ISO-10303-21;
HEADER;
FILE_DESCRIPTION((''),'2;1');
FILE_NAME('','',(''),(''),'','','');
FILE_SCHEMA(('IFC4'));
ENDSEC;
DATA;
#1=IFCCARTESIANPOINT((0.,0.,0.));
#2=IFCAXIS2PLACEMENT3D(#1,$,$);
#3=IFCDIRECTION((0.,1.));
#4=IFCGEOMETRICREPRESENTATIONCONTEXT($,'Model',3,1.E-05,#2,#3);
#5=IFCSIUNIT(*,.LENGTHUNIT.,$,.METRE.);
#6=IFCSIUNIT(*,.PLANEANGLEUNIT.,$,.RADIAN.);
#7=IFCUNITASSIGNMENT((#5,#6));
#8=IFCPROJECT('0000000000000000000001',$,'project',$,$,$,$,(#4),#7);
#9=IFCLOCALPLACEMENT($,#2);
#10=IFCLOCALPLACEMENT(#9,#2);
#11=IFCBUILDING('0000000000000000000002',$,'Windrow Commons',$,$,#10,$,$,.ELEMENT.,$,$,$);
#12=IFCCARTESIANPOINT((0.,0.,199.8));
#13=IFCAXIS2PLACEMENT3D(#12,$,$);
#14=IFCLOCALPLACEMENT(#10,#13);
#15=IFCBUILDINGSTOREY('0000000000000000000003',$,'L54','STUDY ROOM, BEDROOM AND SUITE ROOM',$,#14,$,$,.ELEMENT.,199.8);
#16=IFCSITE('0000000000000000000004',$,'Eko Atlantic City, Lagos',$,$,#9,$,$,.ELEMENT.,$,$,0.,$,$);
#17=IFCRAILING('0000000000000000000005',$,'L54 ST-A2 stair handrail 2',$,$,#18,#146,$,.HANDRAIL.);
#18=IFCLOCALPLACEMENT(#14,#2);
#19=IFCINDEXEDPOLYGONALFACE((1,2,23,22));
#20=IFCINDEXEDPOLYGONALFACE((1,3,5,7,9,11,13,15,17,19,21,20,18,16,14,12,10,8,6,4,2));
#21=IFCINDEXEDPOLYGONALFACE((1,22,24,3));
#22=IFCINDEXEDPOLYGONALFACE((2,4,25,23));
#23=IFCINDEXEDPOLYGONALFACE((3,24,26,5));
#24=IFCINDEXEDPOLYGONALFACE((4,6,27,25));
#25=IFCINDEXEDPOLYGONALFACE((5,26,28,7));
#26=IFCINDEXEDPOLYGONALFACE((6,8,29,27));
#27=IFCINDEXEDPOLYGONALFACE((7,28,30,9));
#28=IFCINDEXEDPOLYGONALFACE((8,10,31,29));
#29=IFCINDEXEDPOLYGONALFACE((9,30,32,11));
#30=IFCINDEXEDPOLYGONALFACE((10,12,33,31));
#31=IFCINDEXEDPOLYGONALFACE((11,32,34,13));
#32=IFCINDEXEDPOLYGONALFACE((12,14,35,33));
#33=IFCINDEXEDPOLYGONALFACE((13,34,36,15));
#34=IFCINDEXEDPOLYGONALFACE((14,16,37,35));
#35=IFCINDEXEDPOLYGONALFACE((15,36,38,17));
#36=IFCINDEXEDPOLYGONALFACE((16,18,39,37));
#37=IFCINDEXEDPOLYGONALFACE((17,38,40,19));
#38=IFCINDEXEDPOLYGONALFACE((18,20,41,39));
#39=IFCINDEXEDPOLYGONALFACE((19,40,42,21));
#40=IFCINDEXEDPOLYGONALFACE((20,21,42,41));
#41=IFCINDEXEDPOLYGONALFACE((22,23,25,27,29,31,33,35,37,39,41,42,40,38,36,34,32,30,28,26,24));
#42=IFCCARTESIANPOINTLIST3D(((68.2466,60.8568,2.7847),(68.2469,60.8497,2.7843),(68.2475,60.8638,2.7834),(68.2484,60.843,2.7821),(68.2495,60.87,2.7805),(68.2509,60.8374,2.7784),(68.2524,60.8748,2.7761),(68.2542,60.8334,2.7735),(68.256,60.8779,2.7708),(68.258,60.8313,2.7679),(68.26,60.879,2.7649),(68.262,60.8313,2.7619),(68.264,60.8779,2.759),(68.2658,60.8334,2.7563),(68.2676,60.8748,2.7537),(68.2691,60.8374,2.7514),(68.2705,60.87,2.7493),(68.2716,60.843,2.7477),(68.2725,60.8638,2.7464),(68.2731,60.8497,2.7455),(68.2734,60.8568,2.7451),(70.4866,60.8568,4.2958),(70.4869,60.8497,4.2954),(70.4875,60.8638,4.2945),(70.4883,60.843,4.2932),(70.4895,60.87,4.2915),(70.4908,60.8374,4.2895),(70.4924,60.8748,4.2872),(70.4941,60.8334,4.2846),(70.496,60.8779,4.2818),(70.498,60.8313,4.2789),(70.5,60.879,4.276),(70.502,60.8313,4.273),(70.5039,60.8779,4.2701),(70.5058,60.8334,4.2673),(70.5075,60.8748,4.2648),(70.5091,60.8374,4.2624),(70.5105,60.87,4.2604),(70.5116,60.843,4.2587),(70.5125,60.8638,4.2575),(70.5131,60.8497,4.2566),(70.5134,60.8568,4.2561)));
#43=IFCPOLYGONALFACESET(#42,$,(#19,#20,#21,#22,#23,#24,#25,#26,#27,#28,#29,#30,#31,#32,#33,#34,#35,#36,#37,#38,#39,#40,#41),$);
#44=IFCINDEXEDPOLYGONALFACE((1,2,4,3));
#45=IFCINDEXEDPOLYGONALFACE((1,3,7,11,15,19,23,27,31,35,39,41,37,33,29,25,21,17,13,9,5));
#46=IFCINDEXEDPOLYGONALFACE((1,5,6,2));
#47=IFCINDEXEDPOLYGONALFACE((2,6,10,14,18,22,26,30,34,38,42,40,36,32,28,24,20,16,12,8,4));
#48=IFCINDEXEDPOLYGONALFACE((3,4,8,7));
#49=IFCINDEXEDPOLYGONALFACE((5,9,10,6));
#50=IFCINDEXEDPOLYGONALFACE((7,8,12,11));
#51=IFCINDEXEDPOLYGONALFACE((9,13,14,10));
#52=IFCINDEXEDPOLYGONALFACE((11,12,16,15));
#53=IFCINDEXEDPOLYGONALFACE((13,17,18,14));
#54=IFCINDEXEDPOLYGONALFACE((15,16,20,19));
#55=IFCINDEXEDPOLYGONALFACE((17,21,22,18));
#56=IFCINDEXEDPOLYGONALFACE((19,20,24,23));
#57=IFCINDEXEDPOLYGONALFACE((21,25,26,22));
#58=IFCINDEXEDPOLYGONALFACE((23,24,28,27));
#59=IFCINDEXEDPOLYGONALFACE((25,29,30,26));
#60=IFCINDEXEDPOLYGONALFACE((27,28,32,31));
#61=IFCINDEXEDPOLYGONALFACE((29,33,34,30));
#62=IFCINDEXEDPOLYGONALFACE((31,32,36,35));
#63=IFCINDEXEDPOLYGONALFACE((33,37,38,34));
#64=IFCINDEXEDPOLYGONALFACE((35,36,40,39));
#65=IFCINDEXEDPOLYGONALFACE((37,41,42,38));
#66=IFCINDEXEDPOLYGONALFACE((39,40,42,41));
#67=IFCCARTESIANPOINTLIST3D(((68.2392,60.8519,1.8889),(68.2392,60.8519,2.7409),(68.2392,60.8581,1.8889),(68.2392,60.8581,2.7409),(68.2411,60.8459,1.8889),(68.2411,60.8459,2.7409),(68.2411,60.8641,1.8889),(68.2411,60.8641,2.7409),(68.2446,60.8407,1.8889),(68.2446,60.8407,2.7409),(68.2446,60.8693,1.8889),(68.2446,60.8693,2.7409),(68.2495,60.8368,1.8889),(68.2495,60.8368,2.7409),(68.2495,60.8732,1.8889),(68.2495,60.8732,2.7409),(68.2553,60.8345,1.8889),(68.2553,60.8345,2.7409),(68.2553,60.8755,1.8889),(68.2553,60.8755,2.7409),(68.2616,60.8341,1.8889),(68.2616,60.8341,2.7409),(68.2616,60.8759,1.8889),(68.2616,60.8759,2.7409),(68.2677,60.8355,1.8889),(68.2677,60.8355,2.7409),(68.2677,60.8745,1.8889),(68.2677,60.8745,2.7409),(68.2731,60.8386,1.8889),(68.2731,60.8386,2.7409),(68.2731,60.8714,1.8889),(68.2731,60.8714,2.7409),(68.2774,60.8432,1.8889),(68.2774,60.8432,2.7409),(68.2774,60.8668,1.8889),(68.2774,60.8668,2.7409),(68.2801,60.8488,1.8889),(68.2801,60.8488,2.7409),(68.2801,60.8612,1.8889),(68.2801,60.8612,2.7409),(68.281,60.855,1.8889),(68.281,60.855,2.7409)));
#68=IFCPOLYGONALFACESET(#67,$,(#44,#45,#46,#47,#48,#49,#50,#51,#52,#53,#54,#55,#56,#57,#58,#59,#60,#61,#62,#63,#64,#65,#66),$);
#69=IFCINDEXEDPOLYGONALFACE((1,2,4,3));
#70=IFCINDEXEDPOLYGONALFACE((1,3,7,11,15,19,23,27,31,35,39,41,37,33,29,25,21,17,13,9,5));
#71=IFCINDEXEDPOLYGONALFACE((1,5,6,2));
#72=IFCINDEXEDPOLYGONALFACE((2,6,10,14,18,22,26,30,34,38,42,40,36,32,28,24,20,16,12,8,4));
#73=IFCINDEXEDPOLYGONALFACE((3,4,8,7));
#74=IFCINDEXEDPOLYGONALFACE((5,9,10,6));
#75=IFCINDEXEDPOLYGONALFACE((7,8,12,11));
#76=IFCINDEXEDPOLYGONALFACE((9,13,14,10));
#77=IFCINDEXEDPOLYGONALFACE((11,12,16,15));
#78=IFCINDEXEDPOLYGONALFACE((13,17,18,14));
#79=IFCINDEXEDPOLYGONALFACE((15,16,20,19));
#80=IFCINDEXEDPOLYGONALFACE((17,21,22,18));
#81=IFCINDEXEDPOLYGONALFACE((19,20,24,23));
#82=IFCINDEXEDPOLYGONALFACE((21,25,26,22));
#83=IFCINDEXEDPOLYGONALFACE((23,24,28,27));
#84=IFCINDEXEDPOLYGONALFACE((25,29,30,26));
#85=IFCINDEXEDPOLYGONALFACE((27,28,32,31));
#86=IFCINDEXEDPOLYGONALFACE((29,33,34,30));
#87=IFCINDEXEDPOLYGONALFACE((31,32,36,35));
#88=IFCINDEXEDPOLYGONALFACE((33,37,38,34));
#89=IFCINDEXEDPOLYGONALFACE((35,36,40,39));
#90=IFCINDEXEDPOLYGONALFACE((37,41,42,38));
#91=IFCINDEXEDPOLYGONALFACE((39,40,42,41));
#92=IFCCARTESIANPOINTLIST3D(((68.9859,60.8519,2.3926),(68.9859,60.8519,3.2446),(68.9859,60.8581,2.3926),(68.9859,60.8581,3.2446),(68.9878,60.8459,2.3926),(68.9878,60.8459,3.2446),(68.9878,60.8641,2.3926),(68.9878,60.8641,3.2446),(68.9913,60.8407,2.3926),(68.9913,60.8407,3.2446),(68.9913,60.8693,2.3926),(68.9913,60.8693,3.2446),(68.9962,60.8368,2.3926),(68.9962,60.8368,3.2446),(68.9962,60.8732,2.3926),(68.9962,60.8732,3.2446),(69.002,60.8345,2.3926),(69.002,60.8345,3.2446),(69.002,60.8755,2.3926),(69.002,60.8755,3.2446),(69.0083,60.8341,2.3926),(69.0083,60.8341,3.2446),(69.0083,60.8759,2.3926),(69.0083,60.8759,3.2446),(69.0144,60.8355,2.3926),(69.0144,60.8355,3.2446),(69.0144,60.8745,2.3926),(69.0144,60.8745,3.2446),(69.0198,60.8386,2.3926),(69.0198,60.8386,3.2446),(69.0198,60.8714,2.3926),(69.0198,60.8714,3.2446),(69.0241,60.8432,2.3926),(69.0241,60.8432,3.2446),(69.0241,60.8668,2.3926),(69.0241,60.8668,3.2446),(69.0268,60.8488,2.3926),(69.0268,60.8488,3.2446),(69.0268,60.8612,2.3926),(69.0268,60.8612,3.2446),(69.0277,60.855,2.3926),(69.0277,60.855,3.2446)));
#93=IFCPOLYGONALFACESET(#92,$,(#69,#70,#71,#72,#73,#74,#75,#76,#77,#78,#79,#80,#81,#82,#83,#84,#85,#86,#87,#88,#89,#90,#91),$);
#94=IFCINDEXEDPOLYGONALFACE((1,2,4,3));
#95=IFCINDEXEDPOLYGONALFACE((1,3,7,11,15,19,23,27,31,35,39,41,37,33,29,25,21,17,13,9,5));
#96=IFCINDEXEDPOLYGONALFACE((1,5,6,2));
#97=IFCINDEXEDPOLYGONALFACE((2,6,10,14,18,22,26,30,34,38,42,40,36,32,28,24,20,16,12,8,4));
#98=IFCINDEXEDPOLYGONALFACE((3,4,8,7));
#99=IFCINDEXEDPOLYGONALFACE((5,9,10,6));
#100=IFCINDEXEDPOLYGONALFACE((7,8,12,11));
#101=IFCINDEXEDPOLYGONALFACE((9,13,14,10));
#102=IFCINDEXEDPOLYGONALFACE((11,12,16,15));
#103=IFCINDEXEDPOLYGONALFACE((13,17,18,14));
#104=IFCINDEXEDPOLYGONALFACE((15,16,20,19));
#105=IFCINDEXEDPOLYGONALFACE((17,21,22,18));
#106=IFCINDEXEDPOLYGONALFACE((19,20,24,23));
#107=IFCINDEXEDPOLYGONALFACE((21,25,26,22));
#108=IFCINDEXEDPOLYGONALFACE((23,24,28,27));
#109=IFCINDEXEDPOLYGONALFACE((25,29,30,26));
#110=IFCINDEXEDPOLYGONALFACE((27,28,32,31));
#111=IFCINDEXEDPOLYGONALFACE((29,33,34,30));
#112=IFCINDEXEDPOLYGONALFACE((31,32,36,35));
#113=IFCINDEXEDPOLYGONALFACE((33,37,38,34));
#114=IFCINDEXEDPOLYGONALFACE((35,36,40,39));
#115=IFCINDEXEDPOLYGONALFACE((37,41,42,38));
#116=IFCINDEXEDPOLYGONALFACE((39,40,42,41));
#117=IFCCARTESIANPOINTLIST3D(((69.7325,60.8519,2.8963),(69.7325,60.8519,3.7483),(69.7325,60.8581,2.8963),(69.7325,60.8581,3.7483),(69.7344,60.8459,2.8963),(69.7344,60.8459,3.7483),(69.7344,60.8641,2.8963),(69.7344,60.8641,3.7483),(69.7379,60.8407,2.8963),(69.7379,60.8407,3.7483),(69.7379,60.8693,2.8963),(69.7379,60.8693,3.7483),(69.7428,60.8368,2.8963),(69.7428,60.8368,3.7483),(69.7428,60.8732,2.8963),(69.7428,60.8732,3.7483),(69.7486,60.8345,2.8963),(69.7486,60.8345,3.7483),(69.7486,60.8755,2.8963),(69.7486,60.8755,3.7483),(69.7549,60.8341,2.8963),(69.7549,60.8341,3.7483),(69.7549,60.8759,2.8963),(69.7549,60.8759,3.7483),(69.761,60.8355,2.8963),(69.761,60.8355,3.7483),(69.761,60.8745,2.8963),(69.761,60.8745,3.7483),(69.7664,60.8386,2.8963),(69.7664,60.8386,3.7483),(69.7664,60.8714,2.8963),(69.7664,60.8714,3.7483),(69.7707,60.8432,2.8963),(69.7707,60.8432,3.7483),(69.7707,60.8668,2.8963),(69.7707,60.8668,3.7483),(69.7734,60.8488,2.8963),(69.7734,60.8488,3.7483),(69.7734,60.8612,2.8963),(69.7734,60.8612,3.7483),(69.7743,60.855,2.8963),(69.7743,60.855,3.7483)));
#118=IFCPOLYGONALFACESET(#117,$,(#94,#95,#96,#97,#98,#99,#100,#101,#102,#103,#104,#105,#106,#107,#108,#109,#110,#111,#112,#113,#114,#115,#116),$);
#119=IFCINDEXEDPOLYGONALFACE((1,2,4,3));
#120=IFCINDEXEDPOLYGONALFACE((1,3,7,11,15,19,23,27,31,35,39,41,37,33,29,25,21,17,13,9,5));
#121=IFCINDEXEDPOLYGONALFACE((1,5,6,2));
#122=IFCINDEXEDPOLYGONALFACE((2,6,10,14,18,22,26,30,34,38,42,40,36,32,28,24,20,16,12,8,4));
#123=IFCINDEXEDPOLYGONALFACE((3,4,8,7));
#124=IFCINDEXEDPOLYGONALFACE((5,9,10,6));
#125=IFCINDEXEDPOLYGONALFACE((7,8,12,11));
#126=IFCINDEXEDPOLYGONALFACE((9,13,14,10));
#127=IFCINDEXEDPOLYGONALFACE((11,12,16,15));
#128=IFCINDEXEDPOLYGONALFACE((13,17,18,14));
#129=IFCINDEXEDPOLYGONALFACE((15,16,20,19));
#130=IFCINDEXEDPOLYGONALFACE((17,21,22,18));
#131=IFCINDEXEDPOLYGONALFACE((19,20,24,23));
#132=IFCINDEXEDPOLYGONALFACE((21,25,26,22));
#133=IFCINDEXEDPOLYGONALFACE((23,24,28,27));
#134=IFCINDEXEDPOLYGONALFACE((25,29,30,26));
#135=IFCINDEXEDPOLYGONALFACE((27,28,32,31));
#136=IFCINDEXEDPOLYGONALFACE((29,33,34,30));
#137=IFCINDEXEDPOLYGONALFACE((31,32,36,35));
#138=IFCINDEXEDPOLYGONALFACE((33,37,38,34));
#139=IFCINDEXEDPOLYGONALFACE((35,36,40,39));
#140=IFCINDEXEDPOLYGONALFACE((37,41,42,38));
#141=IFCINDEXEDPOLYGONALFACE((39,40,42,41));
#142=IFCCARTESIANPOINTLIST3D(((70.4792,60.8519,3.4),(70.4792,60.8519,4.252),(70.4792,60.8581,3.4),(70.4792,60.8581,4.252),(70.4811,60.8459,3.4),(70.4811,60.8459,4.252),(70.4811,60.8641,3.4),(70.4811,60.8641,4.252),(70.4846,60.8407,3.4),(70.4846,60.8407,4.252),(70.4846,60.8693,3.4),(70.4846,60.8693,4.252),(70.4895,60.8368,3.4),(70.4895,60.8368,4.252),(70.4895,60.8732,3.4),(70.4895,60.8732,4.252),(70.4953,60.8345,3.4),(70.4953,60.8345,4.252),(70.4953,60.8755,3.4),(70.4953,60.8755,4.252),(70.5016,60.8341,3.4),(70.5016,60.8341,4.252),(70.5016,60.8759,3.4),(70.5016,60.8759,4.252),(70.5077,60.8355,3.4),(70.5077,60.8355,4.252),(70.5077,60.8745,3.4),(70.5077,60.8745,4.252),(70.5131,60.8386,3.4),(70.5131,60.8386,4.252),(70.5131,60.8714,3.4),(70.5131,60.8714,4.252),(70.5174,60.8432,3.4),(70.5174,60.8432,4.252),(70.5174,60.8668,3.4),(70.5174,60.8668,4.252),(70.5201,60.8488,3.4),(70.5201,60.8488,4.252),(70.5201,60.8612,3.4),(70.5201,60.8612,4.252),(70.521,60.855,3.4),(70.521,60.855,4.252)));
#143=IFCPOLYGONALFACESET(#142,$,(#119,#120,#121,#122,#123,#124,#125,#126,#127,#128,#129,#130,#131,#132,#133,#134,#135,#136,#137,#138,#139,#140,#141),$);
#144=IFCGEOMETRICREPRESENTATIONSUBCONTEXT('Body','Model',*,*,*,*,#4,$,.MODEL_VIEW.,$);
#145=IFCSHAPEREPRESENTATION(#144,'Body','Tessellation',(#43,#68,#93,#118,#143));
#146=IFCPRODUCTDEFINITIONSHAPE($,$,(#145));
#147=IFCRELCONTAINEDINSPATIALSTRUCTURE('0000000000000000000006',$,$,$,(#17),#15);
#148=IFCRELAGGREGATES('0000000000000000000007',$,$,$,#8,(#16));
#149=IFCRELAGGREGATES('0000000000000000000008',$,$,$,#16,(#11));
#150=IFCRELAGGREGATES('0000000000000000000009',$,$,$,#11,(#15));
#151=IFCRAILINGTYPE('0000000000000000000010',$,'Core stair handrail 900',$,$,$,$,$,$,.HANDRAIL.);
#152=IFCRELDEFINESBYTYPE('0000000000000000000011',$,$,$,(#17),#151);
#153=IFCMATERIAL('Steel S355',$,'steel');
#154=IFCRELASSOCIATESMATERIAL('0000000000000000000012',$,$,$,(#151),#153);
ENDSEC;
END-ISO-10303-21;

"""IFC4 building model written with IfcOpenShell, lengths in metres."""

from ifc_helpers import new_model, si_unit, direction, frame, origin, origin_2d, place, context, subcontext, project, spatial, circle, extrude, material, type_object, element, save


model = new_model("IFC4")

# Units and contexts
model_context = context("Model", 3, precision=1e-05, world=origin(), true_north=direction((0.0, 1.0)))
body_context = subcontext(model_context, "Body", "Model", "MODEL_VIEW")
ifc_project = project(units=[si_unit("LENGTHUNIT", "METRE"), si_unit("PLANEANGLEUNIT", "RADIAN")], contexts=[model_context])

# Site, building, storey
site_placement = place(None, origin())
site = spatial("IfcSite", under=ifc_project, at=site_placement, Name="Eko Atlantic City, Lagos", CompositionType="ELEMENT", RefElevation=0.0)
building_placement = place(site_placement, origin())
building = spatial("IfcBuilding", under=site, at=building_placement, Name="Windrow Commons", CompositionType="ELEMENT")
storey_placement = place(building_placement, frame((0.0, 0.0, 199.8)))
storey = spatial("IfcBuildingStorey", under=building, at=storey_placement, Name="L54", Description="STUDY ROOM, BEDROOM AND SUITE ROOM", CompositionType="ELEMENT", Elevation=199.8)

# Railing
ifc_material_1 = material(Name="Steel S355", Category="steel")
railing_type_1 = type_object("IfcRailingType", Name="Core stair handrail 900", PredefinedType="HANDRAIL", material=ifc_material_1)
railing_1_placement = place(storey_placement, frame((68.26, 60.855, 1.8889)))
element("IfcRailing", 1, at=railing_1_placement, inside=storey, type_object=railing_type_1, Name="L54 ST-A2 stair handrail 2", PredefinedType="HANDRAIL", context=body_context, shape_type="SweptSolid", body=[
    extrude(circle(Radius=0.024, at=origin_2d()), frame((0.0, 0.0, 0.876), z_axis=(0.829003, 0.0, 0.559244), x_axis=(0.0, 1.0, 0.0)), (0.0, 0.0, 1.0), 2.702),
    extrude(circle(Radius=0.021, at=origin_2d()), origin(), (0.0, 0.0, 1.0), 0.852),
    extrude(circle(Radius=0.021, at=origin_2d()), frame((0.7467, 0.0, 0.5037)), (0.0, 0.0, 1.0), 0.852),
    extrude(circle(Radius=0.021, at=origin_2d()), frame((1.4933, 0.0, 1.0074)), (0.0, 0.0, 1.0), 0.852),
    extrude(circle(Radius=0.021, at=origin_2d()), frame((2.24, 0.0, 1.5111)), (0.0, 0.0, 1.0), 0.852),
])

save(model, "model.ifc")
